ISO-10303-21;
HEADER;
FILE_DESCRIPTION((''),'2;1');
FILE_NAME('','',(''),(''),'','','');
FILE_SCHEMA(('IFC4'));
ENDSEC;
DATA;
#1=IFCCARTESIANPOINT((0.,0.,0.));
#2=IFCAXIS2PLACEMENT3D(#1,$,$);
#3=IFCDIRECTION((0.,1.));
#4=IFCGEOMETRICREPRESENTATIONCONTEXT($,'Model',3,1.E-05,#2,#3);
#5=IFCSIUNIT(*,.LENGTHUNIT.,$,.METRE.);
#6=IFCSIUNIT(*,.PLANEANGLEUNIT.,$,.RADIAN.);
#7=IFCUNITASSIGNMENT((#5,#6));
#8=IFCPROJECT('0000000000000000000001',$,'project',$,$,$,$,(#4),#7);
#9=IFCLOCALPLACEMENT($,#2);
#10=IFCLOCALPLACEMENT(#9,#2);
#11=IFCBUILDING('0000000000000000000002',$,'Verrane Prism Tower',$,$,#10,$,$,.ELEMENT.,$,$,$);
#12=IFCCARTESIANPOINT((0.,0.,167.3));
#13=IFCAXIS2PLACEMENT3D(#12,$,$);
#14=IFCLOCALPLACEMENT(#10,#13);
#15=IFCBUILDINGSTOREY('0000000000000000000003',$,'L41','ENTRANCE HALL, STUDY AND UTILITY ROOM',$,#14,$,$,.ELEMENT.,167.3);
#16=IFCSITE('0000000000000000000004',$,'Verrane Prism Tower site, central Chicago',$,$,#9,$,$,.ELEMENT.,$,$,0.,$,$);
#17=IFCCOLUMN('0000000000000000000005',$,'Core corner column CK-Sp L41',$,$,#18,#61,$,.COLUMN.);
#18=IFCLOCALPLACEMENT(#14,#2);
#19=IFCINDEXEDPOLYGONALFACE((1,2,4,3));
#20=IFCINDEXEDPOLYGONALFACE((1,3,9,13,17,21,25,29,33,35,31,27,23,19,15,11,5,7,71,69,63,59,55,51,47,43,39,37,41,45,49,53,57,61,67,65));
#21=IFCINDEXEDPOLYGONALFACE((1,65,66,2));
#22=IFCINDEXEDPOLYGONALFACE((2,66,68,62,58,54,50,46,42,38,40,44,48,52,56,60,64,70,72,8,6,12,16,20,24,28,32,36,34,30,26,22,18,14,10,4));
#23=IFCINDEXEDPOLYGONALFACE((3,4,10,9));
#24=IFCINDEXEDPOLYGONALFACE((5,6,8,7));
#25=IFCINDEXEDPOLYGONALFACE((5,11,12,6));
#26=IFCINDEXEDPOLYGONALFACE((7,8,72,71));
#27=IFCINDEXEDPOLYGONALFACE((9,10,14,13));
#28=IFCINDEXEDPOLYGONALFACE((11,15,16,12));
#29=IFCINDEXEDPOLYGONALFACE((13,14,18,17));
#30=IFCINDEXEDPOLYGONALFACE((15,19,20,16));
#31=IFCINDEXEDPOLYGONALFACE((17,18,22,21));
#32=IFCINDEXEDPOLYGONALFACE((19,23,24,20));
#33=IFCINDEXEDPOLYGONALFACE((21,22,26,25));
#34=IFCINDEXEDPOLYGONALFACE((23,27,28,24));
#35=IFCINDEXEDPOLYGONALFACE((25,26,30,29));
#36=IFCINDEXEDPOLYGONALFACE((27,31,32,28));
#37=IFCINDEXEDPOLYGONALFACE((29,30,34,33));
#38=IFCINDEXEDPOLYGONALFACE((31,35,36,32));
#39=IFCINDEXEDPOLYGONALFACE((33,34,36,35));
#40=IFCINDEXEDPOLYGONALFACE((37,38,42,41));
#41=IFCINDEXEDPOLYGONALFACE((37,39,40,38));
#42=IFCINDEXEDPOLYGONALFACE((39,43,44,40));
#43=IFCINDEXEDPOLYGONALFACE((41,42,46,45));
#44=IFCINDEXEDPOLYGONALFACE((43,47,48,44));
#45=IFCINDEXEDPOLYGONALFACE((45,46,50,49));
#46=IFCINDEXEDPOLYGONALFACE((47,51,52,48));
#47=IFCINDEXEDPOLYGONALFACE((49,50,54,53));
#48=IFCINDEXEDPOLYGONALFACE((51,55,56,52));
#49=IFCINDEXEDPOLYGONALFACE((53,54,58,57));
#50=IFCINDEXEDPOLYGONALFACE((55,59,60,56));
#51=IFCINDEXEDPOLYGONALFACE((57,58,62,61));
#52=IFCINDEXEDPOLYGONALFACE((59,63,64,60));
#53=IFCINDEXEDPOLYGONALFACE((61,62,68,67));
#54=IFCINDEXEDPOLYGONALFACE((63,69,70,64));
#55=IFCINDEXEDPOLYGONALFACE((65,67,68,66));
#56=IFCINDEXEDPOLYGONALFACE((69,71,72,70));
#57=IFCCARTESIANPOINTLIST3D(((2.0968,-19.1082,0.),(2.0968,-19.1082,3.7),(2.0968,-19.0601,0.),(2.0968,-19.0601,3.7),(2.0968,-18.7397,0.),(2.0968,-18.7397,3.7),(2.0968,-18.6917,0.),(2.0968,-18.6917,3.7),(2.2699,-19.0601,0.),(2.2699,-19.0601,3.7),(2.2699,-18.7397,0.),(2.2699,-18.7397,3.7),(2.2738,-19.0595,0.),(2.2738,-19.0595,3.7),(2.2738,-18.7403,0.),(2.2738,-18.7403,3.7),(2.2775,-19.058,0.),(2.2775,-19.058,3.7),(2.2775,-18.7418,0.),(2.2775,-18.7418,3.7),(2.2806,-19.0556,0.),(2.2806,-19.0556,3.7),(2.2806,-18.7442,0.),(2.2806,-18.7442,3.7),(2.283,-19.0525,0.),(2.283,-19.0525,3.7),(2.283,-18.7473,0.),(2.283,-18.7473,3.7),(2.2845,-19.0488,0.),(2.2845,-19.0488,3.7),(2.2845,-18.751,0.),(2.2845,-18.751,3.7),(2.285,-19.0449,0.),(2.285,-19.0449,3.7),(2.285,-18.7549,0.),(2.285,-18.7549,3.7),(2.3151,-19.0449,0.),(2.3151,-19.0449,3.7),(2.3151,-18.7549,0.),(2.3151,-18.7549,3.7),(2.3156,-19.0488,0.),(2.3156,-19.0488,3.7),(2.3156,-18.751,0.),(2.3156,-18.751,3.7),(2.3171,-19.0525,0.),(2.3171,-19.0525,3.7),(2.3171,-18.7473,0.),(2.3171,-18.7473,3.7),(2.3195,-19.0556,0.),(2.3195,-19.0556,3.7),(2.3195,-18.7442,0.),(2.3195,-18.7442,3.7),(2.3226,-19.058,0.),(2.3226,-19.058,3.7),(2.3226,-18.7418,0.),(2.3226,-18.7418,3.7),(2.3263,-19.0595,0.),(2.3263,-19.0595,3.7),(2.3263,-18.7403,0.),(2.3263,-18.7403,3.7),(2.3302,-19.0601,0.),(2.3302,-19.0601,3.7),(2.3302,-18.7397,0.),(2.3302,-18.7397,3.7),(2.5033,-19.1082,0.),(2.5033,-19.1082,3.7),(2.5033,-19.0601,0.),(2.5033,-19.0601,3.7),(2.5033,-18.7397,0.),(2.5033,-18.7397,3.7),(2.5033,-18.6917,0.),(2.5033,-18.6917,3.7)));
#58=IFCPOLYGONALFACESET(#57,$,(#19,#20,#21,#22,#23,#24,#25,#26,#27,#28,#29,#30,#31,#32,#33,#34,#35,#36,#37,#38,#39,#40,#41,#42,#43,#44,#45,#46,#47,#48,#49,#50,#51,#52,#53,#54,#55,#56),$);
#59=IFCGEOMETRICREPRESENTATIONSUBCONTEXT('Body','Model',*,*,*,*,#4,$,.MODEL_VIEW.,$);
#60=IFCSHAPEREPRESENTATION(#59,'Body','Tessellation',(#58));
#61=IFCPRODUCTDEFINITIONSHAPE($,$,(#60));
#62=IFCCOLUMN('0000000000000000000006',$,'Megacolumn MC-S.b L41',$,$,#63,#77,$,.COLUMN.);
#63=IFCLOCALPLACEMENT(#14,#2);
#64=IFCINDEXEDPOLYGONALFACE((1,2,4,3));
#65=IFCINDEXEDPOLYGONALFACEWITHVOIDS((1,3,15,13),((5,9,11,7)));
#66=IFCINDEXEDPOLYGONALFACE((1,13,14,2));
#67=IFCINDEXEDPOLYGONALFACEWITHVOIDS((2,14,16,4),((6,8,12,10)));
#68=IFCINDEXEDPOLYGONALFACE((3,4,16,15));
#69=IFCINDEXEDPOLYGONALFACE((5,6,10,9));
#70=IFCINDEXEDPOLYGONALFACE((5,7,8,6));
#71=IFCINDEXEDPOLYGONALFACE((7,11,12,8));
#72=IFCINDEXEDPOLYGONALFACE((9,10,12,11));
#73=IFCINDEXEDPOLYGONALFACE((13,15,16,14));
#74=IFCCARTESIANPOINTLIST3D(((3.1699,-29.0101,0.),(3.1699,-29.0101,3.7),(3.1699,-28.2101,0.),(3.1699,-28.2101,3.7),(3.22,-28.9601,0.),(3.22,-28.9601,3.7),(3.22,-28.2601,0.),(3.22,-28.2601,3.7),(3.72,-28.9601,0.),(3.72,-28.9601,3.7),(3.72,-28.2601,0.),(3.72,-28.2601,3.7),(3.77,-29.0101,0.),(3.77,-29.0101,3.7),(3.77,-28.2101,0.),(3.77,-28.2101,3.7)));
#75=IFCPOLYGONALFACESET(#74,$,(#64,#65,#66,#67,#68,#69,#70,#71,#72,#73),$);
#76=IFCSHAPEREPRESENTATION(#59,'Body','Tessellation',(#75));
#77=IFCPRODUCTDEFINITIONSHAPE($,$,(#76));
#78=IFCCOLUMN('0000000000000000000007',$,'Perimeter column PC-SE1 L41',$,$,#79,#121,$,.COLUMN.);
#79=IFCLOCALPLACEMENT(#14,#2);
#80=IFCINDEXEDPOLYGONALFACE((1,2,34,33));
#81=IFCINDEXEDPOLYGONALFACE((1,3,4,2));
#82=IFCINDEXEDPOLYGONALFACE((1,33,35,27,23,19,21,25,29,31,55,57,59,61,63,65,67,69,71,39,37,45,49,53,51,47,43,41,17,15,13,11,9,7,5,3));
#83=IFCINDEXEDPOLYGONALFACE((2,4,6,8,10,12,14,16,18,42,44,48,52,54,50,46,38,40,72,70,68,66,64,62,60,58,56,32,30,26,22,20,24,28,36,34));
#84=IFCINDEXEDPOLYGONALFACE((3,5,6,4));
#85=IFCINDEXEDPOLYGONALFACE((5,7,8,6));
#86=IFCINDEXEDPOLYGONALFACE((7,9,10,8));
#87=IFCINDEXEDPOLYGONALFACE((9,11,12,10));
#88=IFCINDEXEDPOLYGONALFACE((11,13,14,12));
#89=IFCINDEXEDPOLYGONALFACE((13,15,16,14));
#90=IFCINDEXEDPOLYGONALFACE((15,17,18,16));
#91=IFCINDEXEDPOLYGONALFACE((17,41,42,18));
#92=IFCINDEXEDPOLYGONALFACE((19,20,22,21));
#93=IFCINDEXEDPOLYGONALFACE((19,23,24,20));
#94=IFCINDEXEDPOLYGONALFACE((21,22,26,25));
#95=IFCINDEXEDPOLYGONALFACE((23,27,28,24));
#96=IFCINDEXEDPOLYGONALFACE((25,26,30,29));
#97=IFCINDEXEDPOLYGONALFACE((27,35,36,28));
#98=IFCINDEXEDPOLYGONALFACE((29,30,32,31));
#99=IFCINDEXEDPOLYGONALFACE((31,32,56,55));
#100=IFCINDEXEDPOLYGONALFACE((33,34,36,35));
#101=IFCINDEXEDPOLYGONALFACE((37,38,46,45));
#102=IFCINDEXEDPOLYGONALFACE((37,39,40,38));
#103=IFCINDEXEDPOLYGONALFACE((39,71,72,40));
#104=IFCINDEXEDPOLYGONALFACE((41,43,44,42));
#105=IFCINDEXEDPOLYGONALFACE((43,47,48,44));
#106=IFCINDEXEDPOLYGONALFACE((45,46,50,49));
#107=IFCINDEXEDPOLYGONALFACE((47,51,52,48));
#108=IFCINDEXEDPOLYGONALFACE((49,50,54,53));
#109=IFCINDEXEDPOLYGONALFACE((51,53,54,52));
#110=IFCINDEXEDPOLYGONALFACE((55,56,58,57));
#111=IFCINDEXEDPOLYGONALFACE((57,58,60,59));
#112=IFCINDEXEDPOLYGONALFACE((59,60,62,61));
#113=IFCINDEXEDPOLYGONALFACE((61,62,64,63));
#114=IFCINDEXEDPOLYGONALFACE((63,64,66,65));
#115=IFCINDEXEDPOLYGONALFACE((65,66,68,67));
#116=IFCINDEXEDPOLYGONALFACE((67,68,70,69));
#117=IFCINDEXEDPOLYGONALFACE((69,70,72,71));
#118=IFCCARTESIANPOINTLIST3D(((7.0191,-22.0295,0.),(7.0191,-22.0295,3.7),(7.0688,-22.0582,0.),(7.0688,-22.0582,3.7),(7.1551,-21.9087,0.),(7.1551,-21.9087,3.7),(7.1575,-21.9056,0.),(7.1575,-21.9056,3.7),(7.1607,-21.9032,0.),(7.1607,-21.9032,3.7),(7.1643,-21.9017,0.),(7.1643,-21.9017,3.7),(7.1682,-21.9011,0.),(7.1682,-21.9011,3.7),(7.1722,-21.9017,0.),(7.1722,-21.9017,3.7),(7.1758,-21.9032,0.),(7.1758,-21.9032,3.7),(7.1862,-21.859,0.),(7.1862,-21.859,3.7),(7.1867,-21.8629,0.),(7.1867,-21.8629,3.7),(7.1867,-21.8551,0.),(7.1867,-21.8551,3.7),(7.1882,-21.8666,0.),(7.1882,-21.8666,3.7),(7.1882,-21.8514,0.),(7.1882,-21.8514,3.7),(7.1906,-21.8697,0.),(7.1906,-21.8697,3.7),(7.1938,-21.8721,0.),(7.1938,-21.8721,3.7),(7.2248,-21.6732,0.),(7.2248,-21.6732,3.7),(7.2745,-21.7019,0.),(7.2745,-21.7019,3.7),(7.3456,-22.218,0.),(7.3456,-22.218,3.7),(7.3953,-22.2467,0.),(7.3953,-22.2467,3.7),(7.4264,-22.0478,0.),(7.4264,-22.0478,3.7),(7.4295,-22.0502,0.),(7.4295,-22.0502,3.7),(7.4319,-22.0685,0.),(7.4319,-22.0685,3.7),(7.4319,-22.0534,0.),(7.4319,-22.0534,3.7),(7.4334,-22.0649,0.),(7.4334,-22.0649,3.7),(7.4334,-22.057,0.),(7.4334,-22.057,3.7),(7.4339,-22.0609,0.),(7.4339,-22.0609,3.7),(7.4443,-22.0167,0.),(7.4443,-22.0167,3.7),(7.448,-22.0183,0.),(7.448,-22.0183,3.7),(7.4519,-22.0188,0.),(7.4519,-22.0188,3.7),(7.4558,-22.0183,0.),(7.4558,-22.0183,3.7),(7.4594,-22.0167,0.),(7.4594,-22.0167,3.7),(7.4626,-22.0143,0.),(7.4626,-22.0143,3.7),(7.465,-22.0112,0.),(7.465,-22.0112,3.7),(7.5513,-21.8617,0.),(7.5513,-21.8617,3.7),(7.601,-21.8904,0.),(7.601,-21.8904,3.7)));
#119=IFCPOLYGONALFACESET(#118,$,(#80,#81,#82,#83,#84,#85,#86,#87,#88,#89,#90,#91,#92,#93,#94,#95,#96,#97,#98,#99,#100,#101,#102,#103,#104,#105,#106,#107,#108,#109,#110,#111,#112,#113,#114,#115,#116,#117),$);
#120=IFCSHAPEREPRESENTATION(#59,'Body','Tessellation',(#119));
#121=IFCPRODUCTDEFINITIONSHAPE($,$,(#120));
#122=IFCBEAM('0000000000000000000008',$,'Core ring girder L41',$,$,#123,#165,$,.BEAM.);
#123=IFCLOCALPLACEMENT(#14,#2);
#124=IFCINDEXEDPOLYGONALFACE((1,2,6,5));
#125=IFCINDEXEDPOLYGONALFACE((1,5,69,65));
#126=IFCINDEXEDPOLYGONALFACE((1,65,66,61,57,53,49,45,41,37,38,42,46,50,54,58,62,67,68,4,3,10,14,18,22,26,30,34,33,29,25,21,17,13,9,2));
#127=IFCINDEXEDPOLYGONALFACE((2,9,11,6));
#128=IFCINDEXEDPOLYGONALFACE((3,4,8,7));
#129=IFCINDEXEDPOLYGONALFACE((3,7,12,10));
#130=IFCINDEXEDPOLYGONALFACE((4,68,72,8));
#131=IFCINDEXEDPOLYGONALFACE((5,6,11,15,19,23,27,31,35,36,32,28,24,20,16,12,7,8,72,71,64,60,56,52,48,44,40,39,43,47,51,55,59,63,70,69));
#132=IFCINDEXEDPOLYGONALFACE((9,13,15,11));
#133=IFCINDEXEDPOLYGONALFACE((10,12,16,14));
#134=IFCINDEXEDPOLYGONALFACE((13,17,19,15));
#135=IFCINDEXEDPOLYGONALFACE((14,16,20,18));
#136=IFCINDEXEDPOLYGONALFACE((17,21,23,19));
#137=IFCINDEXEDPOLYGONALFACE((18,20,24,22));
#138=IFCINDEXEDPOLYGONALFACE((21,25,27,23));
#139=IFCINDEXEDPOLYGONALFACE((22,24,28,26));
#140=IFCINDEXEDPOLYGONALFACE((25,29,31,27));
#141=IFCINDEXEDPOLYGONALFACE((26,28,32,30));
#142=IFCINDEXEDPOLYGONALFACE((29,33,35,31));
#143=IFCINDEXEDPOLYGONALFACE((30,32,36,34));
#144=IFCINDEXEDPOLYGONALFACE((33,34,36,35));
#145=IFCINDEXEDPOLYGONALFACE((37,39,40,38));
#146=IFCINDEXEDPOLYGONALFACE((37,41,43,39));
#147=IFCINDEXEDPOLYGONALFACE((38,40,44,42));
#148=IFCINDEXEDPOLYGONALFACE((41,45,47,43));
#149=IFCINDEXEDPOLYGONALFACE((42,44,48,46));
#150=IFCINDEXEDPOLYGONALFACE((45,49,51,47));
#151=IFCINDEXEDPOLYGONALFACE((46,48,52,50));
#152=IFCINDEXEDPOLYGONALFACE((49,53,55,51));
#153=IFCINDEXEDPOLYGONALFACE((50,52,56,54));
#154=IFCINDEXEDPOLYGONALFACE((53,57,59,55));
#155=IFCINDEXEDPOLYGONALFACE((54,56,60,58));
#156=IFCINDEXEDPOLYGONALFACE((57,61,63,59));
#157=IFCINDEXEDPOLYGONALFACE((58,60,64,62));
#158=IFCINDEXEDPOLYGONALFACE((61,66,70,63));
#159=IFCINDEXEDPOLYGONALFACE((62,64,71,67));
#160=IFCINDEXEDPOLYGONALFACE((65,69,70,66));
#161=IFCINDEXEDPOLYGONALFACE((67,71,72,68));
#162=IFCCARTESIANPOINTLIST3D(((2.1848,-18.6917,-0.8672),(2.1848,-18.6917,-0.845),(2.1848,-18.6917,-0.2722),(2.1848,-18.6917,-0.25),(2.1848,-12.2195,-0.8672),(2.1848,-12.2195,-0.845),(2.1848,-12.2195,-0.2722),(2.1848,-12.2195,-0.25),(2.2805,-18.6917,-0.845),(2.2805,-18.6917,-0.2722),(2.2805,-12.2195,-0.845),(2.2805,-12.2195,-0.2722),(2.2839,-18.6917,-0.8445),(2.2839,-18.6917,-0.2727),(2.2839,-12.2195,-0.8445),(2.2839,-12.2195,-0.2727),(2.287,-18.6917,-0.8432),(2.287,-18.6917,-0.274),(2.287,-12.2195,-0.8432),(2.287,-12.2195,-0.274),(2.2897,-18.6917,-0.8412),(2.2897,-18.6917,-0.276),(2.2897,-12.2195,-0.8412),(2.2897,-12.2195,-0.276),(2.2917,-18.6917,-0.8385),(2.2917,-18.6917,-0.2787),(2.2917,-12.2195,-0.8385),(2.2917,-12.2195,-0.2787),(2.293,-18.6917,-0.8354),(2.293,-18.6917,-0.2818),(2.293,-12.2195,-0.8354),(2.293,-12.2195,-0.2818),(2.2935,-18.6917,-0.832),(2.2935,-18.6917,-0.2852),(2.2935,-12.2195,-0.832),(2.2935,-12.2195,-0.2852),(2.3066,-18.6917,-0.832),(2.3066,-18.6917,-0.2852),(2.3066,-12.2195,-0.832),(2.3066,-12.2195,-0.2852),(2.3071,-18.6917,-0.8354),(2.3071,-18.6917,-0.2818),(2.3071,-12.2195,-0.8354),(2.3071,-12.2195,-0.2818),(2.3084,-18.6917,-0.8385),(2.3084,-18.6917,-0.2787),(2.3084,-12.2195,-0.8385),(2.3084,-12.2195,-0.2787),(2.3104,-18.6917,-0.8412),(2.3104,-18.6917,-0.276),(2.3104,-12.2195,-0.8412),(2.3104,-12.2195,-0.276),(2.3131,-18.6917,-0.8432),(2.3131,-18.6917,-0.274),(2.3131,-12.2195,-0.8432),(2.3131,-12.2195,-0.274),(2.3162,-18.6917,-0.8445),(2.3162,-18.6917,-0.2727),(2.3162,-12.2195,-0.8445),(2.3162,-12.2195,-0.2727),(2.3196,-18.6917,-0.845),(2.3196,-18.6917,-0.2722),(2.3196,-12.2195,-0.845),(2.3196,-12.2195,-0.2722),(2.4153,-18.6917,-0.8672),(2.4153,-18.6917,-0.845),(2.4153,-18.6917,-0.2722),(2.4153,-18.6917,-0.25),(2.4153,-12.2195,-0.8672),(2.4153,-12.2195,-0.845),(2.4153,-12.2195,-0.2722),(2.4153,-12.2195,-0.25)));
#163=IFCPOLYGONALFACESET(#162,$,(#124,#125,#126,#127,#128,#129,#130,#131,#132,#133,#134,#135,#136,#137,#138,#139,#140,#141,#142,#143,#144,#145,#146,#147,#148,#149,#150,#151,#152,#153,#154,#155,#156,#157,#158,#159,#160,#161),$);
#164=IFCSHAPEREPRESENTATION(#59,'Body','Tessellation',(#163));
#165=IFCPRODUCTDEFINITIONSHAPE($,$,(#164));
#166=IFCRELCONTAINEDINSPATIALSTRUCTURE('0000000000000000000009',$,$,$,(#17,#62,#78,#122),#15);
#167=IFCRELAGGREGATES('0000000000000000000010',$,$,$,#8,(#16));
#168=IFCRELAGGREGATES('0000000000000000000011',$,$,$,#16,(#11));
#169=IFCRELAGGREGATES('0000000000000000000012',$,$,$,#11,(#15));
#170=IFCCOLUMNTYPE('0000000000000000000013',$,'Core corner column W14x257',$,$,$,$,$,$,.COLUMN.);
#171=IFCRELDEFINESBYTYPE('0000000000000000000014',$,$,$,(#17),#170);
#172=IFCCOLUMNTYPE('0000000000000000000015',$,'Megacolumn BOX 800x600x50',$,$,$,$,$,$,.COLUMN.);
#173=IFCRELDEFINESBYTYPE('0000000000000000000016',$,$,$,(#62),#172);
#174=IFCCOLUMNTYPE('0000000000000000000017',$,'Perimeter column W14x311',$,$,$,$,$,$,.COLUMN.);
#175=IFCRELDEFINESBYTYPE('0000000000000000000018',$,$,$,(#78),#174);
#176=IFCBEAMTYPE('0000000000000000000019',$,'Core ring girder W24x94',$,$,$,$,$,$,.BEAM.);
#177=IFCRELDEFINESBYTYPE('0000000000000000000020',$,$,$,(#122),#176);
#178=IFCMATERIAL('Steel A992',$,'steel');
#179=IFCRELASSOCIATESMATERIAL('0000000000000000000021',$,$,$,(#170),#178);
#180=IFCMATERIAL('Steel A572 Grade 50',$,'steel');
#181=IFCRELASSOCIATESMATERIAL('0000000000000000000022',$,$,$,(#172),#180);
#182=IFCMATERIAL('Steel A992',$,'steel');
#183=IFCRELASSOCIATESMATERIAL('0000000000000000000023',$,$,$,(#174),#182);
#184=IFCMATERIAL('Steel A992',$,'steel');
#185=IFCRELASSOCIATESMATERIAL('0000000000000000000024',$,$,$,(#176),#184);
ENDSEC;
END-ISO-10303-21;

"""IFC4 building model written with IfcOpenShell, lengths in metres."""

from ifc_helpers import new_model, si_unit, direction, frame, origin, origin_2d, place, context, subcontext, project, spatial, hollow_rectangle, i_section, extrude, material, material_profile, profile_set, type_object, element, save


model = new_model("IFC4")

# Units and contexts
model_context = context("Model", 3, precision=1e-05, world=origin(), true_north=direction((0.0, 1.0)))
body_context = subcontext(model_context, "Body", "Model", "MODEL_VIEW")
ifc_project = project(units=[si_unit("LENGTHUNIT", "METRE"), si_unit("PLANEANGLEUNIT", "RADIAN")], contexts=[model_context])

# Site, building, storey
site_placement = place(None, origin())
site = spatial("IfcSite", under=ifc_project, at=site_placement, Name="Verrane Prism Tower site, central Chicago", CompositionType="ELEMENT", RefElevation=0.0)
building_placement = place(site_placement, origin())
building = spatial("IfcBuilding", under=site, at=building_placement, Name="Verrane Prism Tower", CompositionType="ELEMENT")
storey_placement = place(building_placement, frame((0.0, 0.0, 167.3)))
storey = spatial("IfcBuildingStorey", under=building, at=storey_placement, Name="L41", Description="ENTRANCE HALL, STUDY AND UTILITY ROOM", CompositionType="ELEMENT", Elevation=167.3)

# Columns
ifc_material_1 = material(Name="Steel A992", Category="steel")
ifc_material_profile_1 = material_profile(ifc_material_1, i_section(OverallWidth=0.4065, OverallDepth=0.4165, WebThickness=0.03, FlangeThickness=0.0481, FilletRadius=0.0151, at=origin_2d()), Name="W14x257")
ifc_profile_set_1 = profile_set([ifc_material_profile_1], Name="Steel A992")
column_type_1 = type_object("IfcColumnType", Name="Core corner column W14x257", PredefinedType="COLUMN", material=ifc_profile_set_1)
column_1_placement = place(storey_placement, frame((2.3, -18.8999, 0.0), z_axis=(0.0, 0.0, 1.0), x_axis=(-1.0, 0.0, 0.0)))
element("IfcColumn", 1, at=column_1_placement, inside=storey, type_object=column_type_1, Name="Core corner column CK-Sp L41", PredefinedType="COLUMN", context=body_context, shape_type="SweptSolid", body=[
    extrude(i_section(OverallWidth=0.4065, OverallDepth=0.4165, WebThickness=0.03, FlangeThickness=0.0481, FilletRadius=0.0151, at=origin_2d()), origin(), (0.0, 0.0, 1.0), 3.7),
])
ifc_material_2 = material(Name="Steel A572 Grade 50", Category="steel")
ifc_material_profile_2 = material_profile(ifc_material_2, hollow_rectangle(XDim=0.6001, YDim=0.8, WallThickness=0.05, at=origin_2d()), Name="BOX 800x600x50")
ifc_profile_set_2 = profile_set([ifc_material_profile_2], Name="Steel A572 Grade 50")
column_type_2 = type_object("IfcColumnType", Name="Megacolumn BOX 800x600x50", PredefinedType="COLUMN", material=ifc_profile_set_2)
column_2_placement = place(storey_placement, frame((3.47, -28.6101, 0.0), z_axis=(0.0, 0.0, 1.0), x_axis=(-1.0, 0.0, 0.0)))
element("IfcColumn", 2, at=column_2_placement, inside=storey, type_object=column_type_2, Name="Megacolumn MC-S.b L41", PredefinedType="COLUMN", context=body_context, shape_type="SweptSolid", body=[
    extrude(hollow_rectangle(XDim=0.6001, YDim=0.8, WallThickness=0.05, at=origin_2d()), origin(), (0.0, 0.0, 1.0), 3.7),
])
ifc_material_3 = material(Name="Steel A992", Category="steel")
ifc_material_profile_3 = material_profile(ifc_material_3, i_section(OverallWidth=0.4114, OverallDepth=0.4343, WebThickness=0.0359, FlangeThickness=0.0574, FilletRadius=0.0151, at=origin_2d()), Name="W14x311")
ifc_profile_set_3 = profile_set([ifc_material_profile_3], Name="Steel A992")
column_type_3 = type_object("IfcColumnType", Name="Perimeter column W14x311", PredefinedType="COLUMN", material=ifc_profile_set_3)
column_3_placement = place(storey_placement, frame((7.3101, -21.96, 0.0), z_axis=(0.0, 0.0, 1.0), x_axis=(-0.5, -0.866025, 0.0)))
element("IfcColumn", 3, at=column_3_placement, inside=storey, type_object=column_type_3, Name="Perimeter column PC-SE1 L41", PredefinedType="COLUMN", context=body_context, shape_type="SweptSolid", body=[
    extrude(i_section(OverallWidth=0.4114, OverallDepth=0.4343, WebThickness=0.0359, FlangeThickness=0.0574, FilletRadius=0.0151, at=origin_2d()), origin(), (0.0, 0.0, 1.0), 3.7),
])

# Beam
ifc_material_4 = material(Name="Steel A992", Category="steel")
ifc_material_profile_4 = material_profile(ifc_material_4, i_section(OverallWidth=0.2305, OverallDepth=0.6172, WebThickness=0.0132, FlangeThickness=0.0222, FilletRadius=0.0129, at=origin_2d()), Name="W24x94")
ifc_profile_set_4 = profile_set([ifc_material_profile_4], Name="Steel A992")
beam_type_1 = type_object("IfcBeamType", Name="Core ring girder W24x94", PredefinedType="BEAM", material=ifc_profile_set_4)
beam_1_placement = place(storey_placement, frame((2.3, -18.6917, -0.5586), z_axis=(0.0, 1.0, 0.0), x_axis=(-1.0, 0.0, 0.0)))
element("IfcBeam", 4, at=beam_1_placement, inside=storey, type_object=beam_type_1, Name="Core ring girder L41", PredefinedType="BEAM", context=body_context, shape_type="SweptSolid", body=[
    extrude(i_section(OverallWidth=0.2305, OverallDepth=0.6172, WebThickness=0.0132, FlangeThickness=0.0222, FilletRadius=0.0129, at=origin_2d()), origin(), (0.0, 0.0, 1.0), 6.4722),
])

save(model, "model.ifc")
